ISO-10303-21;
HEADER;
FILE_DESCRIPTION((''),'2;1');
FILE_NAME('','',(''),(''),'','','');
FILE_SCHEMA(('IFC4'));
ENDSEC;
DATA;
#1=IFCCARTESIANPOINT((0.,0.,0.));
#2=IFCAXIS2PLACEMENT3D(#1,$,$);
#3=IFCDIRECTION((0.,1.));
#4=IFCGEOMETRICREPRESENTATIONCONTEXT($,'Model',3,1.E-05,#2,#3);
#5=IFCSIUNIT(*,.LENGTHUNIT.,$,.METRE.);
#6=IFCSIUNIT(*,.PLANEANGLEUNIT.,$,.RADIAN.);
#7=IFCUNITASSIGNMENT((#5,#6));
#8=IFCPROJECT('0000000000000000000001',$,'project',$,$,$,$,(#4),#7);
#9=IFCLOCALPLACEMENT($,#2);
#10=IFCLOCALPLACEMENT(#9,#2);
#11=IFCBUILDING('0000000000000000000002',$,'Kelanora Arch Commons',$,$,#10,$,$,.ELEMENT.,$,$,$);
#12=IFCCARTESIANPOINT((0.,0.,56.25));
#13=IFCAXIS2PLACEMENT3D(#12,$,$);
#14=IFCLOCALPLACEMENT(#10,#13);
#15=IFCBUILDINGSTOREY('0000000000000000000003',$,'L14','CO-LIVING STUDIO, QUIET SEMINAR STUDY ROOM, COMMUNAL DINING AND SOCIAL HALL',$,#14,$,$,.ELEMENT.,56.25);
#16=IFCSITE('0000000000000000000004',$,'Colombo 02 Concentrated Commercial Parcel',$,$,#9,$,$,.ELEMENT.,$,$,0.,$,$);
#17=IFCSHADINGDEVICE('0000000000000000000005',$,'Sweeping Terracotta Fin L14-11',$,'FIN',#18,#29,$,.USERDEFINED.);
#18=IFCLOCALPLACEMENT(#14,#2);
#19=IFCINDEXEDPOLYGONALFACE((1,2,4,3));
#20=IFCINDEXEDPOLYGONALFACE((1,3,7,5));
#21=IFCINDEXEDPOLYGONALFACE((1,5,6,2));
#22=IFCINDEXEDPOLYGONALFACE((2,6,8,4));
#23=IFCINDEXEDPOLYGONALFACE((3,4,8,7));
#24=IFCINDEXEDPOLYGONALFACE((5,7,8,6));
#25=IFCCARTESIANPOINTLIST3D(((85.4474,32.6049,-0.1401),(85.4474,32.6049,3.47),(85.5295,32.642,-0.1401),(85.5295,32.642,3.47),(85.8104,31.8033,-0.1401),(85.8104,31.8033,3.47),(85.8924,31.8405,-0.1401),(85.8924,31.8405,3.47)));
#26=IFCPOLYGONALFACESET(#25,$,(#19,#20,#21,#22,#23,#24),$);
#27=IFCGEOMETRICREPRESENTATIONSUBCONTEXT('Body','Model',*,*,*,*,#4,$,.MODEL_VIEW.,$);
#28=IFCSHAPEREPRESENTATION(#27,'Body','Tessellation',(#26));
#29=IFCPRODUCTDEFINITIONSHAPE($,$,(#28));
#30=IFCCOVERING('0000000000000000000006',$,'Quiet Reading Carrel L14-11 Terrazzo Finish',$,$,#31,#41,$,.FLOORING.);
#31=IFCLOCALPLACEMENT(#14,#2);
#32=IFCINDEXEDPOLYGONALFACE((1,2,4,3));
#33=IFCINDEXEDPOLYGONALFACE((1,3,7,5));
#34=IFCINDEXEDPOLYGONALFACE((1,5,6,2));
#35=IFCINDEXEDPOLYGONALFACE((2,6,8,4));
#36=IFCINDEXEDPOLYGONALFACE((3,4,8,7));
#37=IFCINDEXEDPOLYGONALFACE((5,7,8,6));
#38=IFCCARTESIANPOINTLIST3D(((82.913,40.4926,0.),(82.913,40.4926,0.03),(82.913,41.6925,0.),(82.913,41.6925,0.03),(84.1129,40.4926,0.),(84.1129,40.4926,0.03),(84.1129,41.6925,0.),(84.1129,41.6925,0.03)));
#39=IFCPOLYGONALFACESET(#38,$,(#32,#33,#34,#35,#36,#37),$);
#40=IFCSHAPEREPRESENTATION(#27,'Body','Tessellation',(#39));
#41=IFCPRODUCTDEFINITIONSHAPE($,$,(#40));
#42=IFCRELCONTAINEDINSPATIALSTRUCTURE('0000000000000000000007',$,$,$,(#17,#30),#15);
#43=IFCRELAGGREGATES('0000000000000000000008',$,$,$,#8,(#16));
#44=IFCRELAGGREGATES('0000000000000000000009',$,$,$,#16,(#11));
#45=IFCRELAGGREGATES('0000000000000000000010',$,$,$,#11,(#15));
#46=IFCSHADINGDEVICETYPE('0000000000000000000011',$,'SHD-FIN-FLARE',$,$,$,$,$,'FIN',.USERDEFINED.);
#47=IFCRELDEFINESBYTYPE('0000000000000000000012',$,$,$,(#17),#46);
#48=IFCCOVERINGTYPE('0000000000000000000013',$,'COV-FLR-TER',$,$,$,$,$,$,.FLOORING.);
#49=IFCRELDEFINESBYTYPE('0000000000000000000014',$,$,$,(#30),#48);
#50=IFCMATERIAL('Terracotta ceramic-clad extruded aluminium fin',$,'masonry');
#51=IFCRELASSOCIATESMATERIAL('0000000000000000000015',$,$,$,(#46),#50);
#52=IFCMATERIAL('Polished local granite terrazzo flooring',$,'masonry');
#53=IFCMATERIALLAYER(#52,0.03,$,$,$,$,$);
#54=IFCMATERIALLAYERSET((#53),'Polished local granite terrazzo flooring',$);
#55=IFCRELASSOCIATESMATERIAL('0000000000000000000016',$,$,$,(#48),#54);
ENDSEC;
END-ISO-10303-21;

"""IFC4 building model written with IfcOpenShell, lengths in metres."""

from ifc_helpers import new_model, si_unit, direction, frame, origin, origin_2d, place, context, subcontext, project, spatial, rectangle, extrude, source, transform, mapped, material, layer, layer_set, type_object, element, save


model = new_model("IFC4")

# Units and contexts
model_context = context("Model", 3, precision=1e-05, world=origin(), true_north=direction((0.0, 1.0)))
body_context = subcontext(model_context, "Body", "Model", "MODEL_VIEW")
ifc_project = project(units=[si_unit("LENGTHUNIT", "METRE"), si_unit("PLANEANGLEUNIT", "RADIAN")], contexts=[model_context])

# Site, building, storey
site_placement = place(None, origin())
site = spatial("IfcSite", under=ifc_project, at=site_placement, Name="Colombo 02 Concentrated Commercial Parcel", CompositionType="ELEMENT", RefElevation=0.0)
building_placement = place(site_placement, origin())
building = spatial("IfcBuilding", under=site, at=building_placement, Name="Kelanora Arch Commons", CompositionType="ELEMENT")
storey_placement = place(building_placement, frame((0.0, 0.0, 56.25)))
storey = spatial("IfcBuildingStorey", under=building, at=storey_placement, Name="L14", Description="CO-LIVING STUDIO, QUIET SEMINAR STUDY ROOM, COMMUNAL DINING AND SOCIAL HALL", CompositionType="ELEMENT", Elevation=56.25)

# Shading device
ifc_material_1 = material(Name="Terracotta ceramic-clad extruded aluminium fin", Category="masonry")
shading_device_type = type_object("IfcShadingDeviceType", Name="SHD-FIN-FLARE", ElementType="FIN", PredefinedType="USERDEFINED", material=ifc_material_1)
shared_shape_1 = source(origin(), body_context, "Body", "SweptSolid", [
    extrude(rectangle(XDim=0.8799, YDim=0.0901, at=origin_2d()), origin(), (0.0, 0.0, 1.0), 3.6101),
])
shading_device_placement = place(storey_placement, frame((85.6699, 32.2227, -0.1401), z_axis=(0.0, 0.0, 1.0), x_axis=(0.412469, -0.910972, 0.0)))
element("IfcShadingDevice", 1, at=shading_device_placement, inside=storey, type_object=shading_device_type, Name="Sweeping Terracotta Fin L14-11", ObjectType="FIN", PredefinedType="USERDEFINED", context=body_context, shape_type="MappedRepresentation", body=[
    mapped(shared_shape_1, transform((0.0, 0.0, 0.0), scale=1.0)),
])

# Covering
ifc_material_2 = material(Name="Polished local granite terrazzo flooring", Category="masonry")
ifc_layer_1 = layer(ifc_material_2, 0.03)
ifc_layer_set_1 = layer_set([ifc_layer_1], Name="Polished local granite terrazzo flooring")
covering_type = type_object("IfcCoveringType", Name="COV-FLR-TER", PredefinedType="FLOORING", material=ifc_layer_set_1)
shared_shape_2 = source(origin(), body_context, "Body", "SweptSolid", [
    extrude(rectangle(XDim=1.2, YDim=1.2, at=origin_2d()), origin(), (0.0, 0.0, 1.0), 0.03),
])
covering_placement = place(storey_placement, frame((83.5129, 41.0925, 0.0), z_axis=(0.0, 0.0, 1.0), x_axis=(1.0, 0.0, 0.0)))
element("IfcCovering", 2, at=covering_placement, inside=storey, type_object=covering_type, Name="Quiet Reading Carrel L14-11 Terrazzo Finish", PredefinedType="FLOORING", context=body_context, shape_type="MappedRepresentation", body=[
    mapped(shared_shape_2, transform((0.0, 0.0, 0.0), scale=1.0)),
])

save(model, "model.ifc")
